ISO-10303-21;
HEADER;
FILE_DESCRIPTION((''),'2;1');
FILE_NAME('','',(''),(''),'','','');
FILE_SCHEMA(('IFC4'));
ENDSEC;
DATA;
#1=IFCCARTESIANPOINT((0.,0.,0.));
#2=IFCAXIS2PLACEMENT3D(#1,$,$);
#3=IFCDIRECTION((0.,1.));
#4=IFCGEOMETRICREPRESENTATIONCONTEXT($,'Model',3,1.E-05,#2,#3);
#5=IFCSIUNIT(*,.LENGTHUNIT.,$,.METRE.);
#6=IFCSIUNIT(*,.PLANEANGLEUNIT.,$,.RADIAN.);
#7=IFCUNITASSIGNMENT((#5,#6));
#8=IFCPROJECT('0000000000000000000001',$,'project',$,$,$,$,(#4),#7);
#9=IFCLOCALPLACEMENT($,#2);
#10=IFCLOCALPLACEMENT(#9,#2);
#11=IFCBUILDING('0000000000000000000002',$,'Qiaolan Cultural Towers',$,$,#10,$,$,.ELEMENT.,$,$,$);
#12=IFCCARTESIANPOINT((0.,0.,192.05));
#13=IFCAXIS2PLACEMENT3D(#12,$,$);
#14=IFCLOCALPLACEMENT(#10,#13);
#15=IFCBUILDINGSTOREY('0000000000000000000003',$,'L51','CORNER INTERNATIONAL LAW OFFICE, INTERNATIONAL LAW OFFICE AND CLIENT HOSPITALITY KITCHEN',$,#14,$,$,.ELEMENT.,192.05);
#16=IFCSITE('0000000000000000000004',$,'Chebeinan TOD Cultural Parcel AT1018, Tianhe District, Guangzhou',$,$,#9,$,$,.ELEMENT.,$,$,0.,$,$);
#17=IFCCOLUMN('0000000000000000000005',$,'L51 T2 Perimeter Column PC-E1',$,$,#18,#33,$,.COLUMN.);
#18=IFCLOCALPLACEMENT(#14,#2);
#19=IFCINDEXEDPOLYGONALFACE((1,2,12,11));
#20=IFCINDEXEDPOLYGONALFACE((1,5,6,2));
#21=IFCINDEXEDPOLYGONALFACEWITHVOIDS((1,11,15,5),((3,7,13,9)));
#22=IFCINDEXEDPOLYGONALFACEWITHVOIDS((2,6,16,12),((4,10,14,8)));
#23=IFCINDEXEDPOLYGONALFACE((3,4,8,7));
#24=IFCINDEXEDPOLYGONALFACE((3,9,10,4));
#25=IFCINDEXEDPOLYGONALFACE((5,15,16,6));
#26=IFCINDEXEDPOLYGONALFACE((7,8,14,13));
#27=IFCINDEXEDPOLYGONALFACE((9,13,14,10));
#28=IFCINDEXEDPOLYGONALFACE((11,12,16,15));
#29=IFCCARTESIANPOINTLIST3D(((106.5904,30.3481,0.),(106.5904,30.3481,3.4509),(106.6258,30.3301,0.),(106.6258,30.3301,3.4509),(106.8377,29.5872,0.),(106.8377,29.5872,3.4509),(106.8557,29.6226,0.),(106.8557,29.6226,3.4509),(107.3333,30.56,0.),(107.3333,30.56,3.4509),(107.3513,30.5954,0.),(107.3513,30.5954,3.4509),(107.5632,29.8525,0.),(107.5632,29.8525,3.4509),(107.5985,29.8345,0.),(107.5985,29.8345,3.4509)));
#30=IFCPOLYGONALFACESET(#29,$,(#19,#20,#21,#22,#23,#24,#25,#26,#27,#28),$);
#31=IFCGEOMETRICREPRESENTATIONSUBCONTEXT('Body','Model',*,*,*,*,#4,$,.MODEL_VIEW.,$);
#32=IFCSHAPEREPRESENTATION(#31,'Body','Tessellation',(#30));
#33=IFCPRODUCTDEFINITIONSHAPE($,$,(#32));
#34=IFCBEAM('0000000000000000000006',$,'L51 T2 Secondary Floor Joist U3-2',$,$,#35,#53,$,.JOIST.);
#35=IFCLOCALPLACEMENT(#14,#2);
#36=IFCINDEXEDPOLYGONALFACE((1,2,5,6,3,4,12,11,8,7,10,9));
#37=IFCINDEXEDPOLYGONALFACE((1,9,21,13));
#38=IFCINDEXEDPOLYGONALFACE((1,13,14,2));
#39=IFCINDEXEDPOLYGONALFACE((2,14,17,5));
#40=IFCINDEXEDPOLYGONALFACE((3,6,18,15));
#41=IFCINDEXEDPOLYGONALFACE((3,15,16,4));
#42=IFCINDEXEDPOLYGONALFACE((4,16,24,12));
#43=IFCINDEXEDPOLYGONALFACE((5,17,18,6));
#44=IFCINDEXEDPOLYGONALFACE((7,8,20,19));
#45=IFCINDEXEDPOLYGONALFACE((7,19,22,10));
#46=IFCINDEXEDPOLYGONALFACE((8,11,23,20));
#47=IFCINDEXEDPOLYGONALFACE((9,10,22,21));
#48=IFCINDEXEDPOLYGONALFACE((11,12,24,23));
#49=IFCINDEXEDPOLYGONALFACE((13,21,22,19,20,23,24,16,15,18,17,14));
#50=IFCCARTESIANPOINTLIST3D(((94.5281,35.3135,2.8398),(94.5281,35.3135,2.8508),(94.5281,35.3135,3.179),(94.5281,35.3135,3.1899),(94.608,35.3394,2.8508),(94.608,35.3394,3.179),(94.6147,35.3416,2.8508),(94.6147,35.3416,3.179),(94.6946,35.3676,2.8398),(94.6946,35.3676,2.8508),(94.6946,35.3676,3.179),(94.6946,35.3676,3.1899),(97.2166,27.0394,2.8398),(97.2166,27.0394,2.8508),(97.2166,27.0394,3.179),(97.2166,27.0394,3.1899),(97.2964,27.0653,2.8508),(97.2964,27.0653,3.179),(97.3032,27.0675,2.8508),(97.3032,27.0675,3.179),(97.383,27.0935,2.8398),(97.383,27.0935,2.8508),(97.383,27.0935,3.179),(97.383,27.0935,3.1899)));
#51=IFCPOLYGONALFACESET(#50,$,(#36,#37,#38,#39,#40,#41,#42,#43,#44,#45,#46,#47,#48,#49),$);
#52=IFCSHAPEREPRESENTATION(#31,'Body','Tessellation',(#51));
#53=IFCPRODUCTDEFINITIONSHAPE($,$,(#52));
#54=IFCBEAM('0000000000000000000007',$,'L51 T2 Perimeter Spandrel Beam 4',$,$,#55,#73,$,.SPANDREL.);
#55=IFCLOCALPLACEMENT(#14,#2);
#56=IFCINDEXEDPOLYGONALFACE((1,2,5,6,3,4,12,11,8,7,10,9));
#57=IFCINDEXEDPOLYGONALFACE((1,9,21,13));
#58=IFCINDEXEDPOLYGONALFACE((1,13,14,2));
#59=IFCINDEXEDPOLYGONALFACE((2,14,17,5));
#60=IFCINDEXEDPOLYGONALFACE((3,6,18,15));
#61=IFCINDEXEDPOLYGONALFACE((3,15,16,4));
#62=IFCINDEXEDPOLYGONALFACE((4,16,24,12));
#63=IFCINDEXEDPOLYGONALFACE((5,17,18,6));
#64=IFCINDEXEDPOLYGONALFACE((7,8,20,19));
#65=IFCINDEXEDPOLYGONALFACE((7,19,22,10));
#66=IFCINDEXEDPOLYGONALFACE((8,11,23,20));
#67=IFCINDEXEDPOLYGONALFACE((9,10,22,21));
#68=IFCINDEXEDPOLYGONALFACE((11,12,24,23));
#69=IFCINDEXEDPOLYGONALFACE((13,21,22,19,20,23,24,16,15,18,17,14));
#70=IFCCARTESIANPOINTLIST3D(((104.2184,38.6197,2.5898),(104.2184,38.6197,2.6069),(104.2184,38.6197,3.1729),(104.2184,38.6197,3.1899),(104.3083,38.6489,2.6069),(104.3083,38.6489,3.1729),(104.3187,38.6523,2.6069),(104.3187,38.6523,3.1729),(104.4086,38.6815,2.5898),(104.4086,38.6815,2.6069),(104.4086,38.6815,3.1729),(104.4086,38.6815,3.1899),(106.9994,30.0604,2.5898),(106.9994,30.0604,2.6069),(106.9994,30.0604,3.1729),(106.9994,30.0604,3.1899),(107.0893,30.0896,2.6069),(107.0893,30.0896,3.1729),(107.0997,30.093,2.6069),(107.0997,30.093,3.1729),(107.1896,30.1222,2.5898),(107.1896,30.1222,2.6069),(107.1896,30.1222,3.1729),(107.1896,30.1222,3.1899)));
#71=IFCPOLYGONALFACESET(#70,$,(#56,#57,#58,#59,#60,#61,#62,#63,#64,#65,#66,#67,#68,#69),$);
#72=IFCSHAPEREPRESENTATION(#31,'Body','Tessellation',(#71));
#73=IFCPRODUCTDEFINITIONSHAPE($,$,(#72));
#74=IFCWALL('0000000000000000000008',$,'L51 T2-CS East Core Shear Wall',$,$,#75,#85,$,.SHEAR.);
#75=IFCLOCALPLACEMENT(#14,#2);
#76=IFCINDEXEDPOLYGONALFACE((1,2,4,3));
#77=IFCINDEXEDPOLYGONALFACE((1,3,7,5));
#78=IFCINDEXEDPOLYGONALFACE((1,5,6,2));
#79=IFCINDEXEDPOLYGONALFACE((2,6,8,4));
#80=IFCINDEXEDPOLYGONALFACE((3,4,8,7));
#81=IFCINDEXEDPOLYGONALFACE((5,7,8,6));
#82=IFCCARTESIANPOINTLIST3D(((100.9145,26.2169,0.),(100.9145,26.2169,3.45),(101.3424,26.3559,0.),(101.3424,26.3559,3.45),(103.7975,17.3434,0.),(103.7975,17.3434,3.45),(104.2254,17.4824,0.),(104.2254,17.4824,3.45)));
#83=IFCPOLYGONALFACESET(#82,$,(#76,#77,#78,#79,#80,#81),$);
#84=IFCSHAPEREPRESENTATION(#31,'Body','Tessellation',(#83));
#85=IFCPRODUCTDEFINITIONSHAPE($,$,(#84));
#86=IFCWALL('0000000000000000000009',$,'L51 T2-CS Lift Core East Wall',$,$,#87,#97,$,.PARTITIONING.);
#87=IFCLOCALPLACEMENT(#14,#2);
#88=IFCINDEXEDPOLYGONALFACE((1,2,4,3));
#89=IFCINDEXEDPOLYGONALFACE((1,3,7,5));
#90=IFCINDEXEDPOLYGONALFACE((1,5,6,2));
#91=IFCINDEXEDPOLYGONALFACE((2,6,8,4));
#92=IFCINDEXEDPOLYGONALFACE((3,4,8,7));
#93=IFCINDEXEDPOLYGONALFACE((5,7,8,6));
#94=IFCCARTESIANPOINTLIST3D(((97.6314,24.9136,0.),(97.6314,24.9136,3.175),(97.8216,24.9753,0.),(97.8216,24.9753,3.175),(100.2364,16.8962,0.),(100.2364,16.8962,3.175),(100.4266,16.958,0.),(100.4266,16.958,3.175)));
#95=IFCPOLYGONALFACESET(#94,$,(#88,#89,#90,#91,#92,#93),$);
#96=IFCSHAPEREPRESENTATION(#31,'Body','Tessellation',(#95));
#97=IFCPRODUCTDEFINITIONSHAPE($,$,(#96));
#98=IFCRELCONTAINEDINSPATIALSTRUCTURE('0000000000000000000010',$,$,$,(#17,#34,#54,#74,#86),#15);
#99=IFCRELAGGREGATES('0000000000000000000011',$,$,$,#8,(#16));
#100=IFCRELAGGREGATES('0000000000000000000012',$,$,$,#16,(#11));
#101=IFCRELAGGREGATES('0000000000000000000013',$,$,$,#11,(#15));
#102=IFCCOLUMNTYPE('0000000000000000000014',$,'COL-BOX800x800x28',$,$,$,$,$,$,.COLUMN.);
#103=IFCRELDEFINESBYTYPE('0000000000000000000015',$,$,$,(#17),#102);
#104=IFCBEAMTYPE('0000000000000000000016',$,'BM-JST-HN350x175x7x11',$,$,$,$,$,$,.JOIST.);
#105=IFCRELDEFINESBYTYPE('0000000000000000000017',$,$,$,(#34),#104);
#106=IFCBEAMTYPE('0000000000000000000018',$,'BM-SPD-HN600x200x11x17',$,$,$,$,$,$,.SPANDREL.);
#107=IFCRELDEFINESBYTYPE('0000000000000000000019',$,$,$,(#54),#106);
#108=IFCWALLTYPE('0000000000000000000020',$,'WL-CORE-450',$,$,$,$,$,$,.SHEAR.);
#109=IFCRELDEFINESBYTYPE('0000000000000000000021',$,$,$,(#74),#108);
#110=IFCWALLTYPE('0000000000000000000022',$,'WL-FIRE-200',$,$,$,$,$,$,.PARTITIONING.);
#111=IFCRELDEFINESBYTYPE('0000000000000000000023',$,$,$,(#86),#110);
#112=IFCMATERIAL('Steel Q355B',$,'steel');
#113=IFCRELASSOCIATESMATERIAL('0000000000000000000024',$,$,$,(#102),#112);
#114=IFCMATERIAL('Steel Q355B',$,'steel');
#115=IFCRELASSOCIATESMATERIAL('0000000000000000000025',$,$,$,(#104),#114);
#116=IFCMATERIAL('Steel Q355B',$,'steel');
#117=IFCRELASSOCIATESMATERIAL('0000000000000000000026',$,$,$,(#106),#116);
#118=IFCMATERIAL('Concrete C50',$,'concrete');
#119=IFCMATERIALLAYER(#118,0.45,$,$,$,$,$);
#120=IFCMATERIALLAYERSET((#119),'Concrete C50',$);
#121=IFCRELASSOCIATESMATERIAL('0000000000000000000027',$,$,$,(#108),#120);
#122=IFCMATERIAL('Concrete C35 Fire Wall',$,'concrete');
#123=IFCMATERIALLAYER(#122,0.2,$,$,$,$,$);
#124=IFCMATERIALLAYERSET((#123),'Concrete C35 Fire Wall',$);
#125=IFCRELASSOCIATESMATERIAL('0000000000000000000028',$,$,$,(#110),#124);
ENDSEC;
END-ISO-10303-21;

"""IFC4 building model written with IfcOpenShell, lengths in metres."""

from ifc_helpers import new_model, si_unit, direction, frame, frame_2d, origin, origin_2d, place, context, subcontext, project, spatial, rectangle, hollow_rectangle, i_section, extrude, material, layer, layer_set, material_profile, profile_set, type_object, element, save


model = new_model("IFC4")

# Units and contexts
model_context = context("Model", 3, precision=1e-05, world=origin(), true_north=direction((0.0, 1.0)))
body_context = subcontext(model_context, "Body", "Model", "MODEL_VIEW")
ifc_project = project(units=[si_unit("LENGTHUNIT", "METRE"), si_unit("PLANEANGLEUNIT", "RADIAN")], contexts=[model_context])

# Site, building, storey
site_placement = place(None, origin())
site = spatial("IfcSite", under=ifc_project, at=site_placement, Name="Chebeinan TOD Cultural Parcel AT1018, Tianhe District, Guangzhou", CompositionType="ELEMENT", RefElevation=0.0)
building_placement = place(site_placement, origin())
building = spatial("IfcBuilding", under=site, at=building_placement, Name="Qiaolan Cultural Towers", CompositionType="ELEMENT")
storey_placement = place(building_placement, frame((0.0, 0.0, 192.05)))
storey = spatial("IfcBuildingStorey", under=building, at=storey_placement, Name="L51", Description="CORNER INTERNATIONAL LAW OFFICE, INTERNATIONAL LAW OFFICE AND CLIENT HOSPITALITY KITCHEN", CompositionType="ELEMENT", Elevation=192.05)

# Column
ifc_material_1 = material(Name="Steel Q355B", Category="steel")
ifc_material_profile_1 = material_profile(ifc_material_1, hollow_rectangle(XDim=0.8, YDim=0.8, WallThickness=0.0281, at=origin_2d()), Name="BOX800x800x28")
ifc_profile_set_1 = profile_set([ifc_material_profile_1], Name="Steel Q355B")
column_type = type_object("IfcColumnType", Name="COL-BOX800x800x28", PredefinedType="COLUMN", material=ifc_profile_set_1)
column_placement = place(storey_placement, frame((107.0945, 30.0913, 0.0), z_axis=(0.0, 0.0, 1.0), x_axis=(0.951057, 0.309017, 0.0)))
element("IfcColumn", 1, at=column_placement, inside=storey, type_object=column_type, Name="L51 T2 Perimeter Column PC-E1", PredefinedType="COLUMN", context=body_context, shape_type="SweptSolid", body=[
    extrude(hollow_rectangle(XDim=0.8, YDim=0.8, WallThickness=0.0281, at=origin_2d()), origin(), (0.0, 0.0, 1.0), 3.4509),
])

# Beams
ifc_material_2 = material(Name="Steel Q355B", Category="steel")
ifc_material_profile_2 = material_profile(ifc_material_2, i_section(OverallWidth=0.175, OverallDepth=0.3501, WebThickness=0.0071, FlangeThickness=0.011, at=origin_2d()), Name="HN350x175x7x11")
ifc_profile_set_2 = profile_set([ifc_material_profile_2], Name="Steel Q355B")
beam_type_1 = type_object("IfcBeamType", Name="BM-JST-HN350x175x7x11", PredefinedType="JOIST", material=ifc_profile_set_2)
beam_1_placement = place(storey_placement, frame((97.2998, 27.0664, 3.0149), z_axis=(-0.309021, 0.951055, 0.0), x_axis=(-0.951055, -0.309021, 0.0)))
element("IfcBeam", 2, at=beam_1_placement, inside=storey, type_object=beam_type_1, Name="L51 T2 Secondary Floor Joist U3-2", PredefinedType="JOIST", context=body_context, shape_type="SweptSolid", body=[
    extrude(i_section(OverallWidth=0.175, OverallDepth=0.3501, WebThickness=0.0071, FlangeThickness=0.011, at=origin_2d()), origin(), (0.0, 0.0, 1.0), 8.7),
])
ifc_material_3 = material(Name="Steel Q355B", Category="steel")
ifc_material_profile_3 = material_profile(ifc_material_3, i_section(OverallWidth=0.2, OverallDepth=0.6001, WebThickness=0.011, FlangeThickness=0.0171, at=origin_2d()), Name="HN600x200x11x17")
ifc_profile_set_3 = profile_set([ifc_material_profile_3], Name="Steel Q355B")
beam_type_2 = type_object("IfcBeamType", Name="BM-SPD-HN600x200x11x17", PredefinedType="SPANDREL", material=ifc_profile_set_3)
beam_2_placement = place(storey_placement, frame((107.0945, 30.0913, 2.8899), z_axis=(-0.309008, 0.951059, 0.0), x_axis=(-0.951059, -0.309008, 0.0)))
element("IfcBeam", 3, at=beam_2_placement, inside=storey, type_object=beam_type_2, Name="L51 T2 Perimeter Spandrel Beam 4", PredefinedType="SPANDREL", context=body_context, shape_type="SweptSolid", body=[
    extrude(i_section(OverallWidth=0.2, OverallDepth=0.6001, WebThickness=0.011, FlangeThickness=0.0171, at=origin_2d()), origin(), (0.0, 0.0, 1.0), 8.9998),
])

# Walls
ifc_material_4 = material(Name="Concrete C50", Category="concrete")
ifc_layer_1 = layer(ifc_material_4, 0.45)
ifc_layer_set_1 = layer_set([ifc_layer_1], Name="Concrete C50")
wall_type_1 = type_object("IfcWallType", Name="WL-CORE-450", PredefinedType="SHEAR", material=ifc_layer_set_1)
wall_1_placement = place(storey_placement, frame((101.1284, 26.2864, 0.0), z_axis=(0.0, 0.0, 1.0), x_axis=(0.309004, -0.951061, 0.0)))
element("IfcWall", 4, at=wall_1_placement, inside=storey, type_object=wall_type_1, Name="L51 T2-CS East Core Shear Wall", PredefinedType="SHEAR", context=body_context, shape_type="SweptSolid", body=[
    extrude(rectangle(XDim=9.3301, YDim=0.45, at=frame_2d((4.665, 0.0))), origin(), (0.0, 0.0, 1.0), 3.45),
])
ifc_material_5 = material(Name="Concrete C35 Fire Wall", Category="concrete")
ifc_layer_2 = layer(ifc_material_5, 0.2)
ifc_layer_set_2 = layer_set([ifc_layer_2], Name="Concrete C35 Fire Wall")
wall_type_2 = type_object("IfcWallType", Name="WL-FIRE-200", PredefinedType="PARTITIONING", material=ifc_layer_set_2)
wall_2_placement = place(storey_placement, frame((97.7266, 24.9443, 0.0), z_axis=(0.0, 0.0, 1.0), x_axis=(0.309016, -0.951057, 0.0)))
element("IfcWall", 5, at=wall_2_placement, inside=storey, type_object=wall_type_2, Name="L51 T2-CS Lift Core East Wall", PredefinedType="PARTITIONING", context=body_context, shape_type="SweptSolid", body=[
    extrude(rectangle(XDim=8.4299, YDim=0.2, at=frame_2d((4.2148, 0.0))), origin(), (0.0, 0.0, 1.0), 3.175),
])

save(model, "model.ifc")
